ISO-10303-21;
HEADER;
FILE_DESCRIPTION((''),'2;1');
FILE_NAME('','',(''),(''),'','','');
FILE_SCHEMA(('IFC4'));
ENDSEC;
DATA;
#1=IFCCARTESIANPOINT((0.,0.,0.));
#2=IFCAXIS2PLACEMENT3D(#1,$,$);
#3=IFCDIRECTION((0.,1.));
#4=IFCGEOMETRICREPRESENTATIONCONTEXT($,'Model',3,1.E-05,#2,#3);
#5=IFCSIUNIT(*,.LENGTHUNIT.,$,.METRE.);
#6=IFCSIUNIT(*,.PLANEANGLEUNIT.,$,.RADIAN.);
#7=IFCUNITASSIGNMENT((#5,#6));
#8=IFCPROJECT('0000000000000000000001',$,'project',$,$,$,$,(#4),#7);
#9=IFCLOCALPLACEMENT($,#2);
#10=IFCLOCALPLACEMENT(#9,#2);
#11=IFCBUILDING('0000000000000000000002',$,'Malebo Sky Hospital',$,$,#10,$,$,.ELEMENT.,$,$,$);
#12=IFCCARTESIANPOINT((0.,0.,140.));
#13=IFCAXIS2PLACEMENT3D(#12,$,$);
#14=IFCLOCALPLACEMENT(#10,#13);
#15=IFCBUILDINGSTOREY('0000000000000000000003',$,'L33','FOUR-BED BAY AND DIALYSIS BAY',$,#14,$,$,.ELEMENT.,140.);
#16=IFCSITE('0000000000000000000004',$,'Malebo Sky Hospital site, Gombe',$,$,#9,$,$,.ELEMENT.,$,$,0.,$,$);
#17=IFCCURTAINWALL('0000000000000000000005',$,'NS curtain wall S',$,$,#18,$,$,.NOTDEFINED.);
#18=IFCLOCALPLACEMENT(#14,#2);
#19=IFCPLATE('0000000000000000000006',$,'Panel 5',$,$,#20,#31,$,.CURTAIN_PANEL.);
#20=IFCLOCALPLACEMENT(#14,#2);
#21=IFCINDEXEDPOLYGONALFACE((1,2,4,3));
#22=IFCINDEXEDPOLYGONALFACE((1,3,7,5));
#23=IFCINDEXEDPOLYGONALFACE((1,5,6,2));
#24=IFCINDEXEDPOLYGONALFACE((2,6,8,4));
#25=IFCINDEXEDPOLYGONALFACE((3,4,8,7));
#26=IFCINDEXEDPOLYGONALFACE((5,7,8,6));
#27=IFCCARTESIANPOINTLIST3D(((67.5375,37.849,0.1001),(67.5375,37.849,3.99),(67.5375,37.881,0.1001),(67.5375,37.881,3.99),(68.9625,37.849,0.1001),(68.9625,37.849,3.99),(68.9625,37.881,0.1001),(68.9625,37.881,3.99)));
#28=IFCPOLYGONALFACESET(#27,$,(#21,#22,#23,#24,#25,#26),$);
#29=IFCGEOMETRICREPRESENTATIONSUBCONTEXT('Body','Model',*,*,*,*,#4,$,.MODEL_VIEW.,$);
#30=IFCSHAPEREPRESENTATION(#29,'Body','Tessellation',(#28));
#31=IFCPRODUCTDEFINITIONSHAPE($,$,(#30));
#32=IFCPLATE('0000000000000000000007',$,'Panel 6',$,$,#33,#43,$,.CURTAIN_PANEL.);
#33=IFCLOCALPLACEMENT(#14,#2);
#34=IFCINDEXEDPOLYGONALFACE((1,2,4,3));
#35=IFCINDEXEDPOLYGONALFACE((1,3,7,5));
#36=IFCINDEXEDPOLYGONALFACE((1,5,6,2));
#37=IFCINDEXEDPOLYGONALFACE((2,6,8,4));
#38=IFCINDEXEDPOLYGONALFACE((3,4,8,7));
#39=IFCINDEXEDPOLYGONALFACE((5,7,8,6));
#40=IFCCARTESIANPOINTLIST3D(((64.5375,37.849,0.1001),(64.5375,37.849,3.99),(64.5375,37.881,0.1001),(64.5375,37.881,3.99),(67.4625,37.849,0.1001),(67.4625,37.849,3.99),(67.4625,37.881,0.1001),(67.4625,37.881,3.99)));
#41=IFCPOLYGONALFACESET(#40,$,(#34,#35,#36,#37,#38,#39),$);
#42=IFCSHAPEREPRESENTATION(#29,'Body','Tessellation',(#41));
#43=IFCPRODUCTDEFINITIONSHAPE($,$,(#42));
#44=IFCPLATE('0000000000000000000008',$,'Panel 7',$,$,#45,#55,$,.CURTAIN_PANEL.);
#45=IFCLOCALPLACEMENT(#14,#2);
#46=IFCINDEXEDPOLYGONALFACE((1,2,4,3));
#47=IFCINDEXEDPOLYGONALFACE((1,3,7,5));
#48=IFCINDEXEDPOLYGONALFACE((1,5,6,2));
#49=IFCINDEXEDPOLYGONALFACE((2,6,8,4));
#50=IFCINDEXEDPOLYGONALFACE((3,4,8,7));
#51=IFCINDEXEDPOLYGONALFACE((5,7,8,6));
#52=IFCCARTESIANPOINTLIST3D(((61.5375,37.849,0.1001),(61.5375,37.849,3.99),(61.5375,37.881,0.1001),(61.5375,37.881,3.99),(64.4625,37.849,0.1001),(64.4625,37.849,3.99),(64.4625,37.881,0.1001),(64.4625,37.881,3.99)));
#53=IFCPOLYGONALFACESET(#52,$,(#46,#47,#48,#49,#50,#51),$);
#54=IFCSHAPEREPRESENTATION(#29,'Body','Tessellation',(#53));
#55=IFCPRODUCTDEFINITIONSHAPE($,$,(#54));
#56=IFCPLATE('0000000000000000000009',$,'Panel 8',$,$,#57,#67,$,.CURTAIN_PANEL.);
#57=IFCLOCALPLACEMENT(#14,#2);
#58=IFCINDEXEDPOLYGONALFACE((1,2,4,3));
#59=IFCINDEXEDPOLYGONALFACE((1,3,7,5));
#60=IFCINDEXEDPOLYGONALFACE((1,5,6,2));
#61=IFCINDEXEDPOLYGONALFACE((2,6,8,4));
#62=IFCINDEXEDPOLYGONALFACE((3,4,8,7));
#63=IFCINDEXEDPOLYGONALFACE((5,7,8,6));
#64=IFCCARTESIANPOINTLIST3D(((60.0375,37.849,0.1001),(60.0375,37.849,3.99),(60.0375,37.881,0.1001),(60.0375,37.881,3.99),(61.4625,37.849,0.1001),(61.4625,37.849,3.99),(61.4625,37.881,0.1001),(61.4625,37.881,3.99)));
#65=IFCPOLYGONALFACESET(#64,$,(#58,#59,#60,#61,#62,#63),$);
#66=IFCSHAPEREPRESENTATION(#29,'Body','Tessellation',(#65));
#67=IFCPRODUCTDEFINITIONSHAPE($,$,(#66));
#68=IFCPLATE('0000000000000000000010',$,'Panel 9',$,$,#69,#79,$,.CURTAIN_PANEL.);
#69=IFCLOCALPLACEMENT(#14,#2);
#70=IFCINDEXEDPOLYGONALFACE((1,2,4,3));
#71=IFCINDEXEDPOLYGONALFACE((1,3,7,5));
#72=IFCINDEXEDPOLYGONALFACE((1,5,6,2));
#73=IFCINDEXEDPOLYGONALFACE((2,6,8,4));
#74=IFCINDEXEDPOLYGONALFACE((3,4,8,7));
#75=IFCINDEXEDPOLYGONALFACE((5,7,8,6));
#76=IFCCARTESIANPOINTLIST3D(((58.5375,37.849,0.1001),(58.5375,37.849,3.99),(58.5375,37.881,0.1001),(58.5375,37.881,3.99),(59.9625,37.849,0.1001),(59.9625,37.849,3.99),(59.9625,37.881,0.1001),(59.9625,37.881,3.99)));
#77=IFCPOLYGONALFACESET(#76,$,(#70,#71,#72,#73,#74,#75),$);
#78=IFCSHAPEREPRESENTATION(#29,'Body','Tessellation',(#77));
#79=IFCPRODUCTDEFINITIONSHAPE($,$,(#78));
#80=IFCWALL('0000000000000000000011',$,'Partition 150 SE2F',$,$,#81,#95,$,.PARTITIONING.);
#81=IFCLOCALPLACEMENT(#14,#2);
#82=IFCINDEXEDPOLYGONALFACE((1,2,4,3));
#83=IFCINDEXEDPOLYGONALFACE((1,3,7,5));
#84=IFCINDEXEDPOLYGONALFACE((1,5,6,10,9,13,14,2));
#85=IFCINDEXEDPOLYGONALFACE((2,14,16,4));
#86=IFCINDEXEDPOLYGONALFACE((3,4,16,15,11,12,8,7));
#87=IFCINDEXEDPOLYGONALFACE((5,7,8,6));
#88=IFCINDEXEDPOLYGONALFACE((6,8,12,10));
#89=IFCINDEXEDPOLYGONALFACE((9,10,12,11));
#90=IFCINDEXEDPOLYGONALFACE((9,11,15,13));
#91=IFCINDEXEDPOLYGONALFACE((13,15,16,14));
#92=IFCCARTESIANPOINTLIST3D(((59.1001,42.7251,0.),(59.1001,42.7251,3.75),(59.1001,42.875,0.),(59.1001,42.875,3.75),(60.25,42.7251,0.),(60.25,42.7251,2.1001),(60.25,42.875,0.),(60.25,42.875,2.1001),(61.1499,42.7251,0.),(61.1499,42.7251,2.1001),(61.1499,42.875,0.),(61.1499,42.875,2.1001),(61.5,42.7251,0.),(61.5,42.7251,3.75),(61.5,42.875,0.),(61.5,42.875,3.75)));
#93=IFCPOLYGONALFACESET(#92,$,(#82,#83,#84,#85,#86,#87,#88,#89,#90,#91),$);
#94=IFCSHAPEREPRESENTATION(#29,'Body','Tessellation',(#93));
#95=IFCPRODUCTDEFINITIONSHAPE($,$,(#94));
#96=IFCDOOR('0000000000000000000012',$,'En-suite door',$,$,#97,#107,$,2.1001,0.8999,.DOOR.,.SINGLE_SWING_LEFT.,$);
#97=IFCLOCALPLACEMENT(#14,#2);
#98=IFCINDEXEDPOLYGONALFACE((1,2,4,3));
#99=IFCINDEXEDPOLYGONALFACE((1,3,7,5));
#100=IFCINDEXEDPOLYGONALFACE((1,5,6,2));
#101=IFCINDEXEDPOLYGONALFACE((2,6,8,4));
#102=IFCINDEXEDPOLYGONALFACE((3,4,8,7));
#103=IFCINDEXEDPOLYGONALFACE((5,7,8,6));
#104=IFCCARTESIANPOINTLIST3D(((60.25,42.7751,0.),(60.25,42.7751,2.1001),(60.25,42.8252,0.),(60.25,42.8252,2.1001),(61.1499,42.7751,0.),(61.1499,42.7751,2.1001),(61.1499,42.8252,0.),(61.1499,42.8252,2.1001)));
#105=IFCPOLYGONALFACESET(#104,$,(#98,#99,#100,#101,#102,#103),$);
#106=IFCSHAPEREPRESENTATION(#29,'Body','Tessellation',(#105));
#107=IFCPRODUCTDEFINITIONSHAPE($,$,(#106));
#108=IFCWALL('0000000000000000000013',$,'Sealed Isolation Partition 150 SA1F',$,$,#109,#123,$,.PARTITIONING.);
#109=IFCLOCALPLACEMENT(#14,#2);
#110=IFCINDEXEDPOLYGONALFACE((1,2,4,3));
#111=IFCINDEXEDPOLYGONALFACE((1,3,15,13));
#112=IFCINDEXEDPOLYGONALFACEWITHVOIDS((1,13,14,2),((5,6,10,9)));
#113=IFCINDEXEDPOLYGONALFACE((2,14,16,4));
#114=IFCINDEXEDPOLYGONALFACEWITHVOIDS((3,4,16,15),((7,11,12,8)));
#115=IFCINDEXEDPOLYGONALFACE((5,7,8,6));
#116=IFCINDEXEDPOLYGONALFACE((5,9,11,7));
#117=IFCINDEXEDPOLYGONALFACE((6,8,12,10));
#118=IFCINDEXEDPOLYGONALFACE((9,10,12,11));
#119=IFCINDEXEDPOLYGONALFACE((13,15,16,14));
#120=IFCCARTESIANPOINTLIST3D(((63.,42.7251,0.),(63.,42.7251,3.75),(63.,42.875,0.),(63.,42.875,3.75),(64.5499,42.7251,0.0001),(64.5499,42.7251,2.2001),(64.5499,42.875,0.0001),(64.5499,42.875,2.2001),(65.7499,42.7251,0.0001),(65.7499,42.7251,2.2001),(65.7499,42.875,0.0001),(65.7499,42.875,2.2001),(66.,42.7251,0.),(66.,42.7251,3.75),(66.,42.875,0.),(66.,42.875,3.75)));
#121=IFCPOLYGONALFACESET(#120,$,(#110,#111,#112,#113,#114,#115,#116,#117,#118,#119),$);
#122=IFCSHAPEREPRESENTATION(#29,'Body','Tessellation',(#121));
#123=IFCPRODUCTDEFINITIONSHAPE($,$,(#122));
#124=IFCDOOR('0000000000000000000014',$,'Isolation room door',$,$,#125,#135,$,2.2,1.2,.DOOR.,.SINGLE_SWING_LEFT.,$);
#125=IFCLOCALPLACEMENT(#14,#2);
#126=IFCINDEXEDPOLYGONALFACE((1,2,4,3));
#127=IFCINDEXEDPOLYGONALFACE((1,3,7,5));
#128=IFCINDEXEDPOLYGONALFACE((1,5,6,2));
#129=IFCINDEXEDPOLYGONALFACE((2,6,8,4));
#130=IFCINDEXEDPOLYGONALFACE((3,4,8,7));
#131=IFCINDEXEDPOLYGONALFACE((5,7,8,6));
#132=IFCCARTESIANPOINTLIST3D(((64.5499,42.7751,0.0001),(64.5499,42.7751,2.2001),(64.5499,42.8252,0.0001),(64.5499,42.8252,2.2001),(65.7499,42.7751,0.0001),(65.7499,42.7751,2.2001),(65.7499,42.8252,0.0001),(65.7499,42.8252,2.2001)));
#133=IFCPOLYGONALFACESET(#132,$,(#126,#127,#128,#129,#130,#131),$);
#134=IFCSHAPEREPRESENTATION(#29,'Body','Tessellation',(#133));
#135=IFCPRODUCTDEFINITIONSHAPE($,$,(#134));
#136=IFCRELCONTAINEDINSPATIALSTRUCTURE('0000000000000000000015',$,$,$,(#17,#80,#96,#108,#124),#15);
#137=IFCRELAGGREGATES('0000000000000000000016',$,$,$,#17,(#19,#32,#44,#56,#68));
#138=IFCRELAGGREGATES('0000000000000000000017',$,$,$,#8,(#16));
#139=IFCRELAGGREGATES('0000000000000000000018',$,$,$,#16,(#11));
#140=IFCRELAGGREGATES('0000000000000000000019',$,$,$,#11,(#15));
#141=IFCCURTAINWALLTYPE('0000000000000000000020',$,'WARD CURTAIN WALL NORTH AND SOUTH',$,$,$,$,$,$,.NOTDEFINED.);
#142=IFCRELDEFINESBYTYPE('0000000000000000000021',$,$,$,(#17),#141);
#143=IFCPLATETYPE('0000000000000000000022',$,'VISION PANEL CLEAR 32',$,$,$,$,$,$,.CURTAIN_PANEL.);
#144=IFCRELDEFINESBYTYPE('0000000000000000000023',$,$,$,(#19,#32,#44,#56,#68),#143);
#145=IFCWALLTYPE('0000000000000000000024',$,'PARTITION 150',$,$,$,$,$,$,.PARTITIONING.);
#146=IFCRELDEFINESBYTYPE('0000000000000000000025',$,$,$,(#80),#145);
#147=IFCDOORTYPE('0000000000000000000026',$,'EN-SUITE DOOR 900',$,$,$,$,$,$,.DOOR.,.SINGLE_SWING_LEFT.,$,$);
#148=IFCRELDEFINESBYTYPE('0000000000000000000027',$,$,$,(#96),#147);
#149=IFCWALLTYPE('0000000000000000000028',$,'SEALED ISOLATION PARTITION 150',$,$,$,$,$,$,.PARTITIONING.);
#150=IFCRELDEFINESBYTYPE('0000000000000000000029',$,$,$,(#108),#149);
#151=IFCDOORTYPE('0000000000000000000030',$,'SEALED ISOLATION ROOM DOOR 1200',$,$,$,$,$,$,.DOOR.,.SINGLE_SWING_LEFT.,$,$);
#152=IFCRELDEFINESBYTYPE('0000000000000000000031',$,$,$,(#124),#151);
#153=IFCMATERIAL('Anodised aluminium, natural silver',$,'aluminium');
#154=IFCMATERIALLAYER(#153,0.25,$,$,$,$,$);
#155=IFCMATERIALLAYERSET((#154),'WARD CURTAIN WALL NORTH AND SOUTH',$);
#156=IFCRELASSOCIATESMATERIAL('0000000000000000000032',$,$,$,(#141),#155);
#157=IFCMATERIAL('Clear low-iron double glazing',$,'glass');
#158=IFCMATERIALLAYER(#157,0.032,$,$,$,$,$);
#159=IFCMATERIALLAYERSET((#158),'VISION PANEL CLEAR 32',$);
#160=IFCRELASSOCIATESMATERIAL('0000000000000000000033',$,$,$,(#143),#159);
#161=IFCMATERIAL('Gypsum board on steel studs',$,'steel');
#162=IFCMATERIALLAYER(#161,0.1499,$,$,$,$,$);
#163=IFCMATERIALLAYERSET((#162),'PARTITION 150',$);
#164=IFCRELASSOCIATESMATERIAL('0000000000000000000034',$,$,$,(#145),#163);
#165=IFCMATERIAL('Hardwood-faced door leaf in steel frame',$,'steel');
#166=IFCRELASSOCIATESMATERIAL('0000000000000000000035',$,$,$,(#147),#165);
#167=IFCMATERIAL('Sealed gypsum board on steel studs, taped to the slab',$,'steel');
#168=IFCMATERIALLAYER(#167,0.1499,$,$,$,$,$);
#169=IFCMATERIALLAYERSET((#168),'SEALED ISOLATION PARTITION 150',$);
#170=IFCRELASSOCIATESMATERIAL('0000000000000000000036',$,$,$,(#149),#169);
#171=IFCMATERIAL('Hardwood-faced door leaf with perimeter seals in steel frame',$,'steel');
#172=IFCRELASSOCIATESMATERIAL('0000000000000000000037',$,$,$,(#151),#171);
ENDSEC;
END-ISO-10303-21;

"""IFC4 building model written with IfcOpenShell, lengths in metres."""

from ifc_helpers import new_model, si_unit, direction, frame, frame_2d, origin, origin_2d, place, context, subcontext, project, spatial, rectangle, extrude, material, layer, layer_set, type_object, element, fill, aggregate, save


model = new_model("IFC4")

# Units and contexts
model_context = context("Model", 3, precision=1e-05, world=origin(), true_north=direction((0.0, 1.0)))
body_context = subcontext(model_context, "Body", "Model", "MODEL_VIEW")
ifc_project = project(units=[si_unit("LENGTHUNIT", "METRE"), si_unit("PLANEANGLEUNIT", "RADIAN")], contexts=[model_context])

# Site, building, storey
site_placement = place(None, origin())
site = spatial("IfcSite", under=ifc_project, at=site_placement, Name="Malebo Sky Hospital site, Gombe", CompositionType="ELEMENT", RefElevation=0.0)
building_placement = place(site_placement, origin())
building = spatial("IfcBuilding", under=site, at=building_placement, Name="Malebo Sky Hospital", CompositionType="ELEMENT")
storey_placement = place(building_placement, frame((0.0, 0.0, 140.0)))
storey = spatial("IfcBuildingStorey", under=building, at=storey_placement, Name="L33", Description="FOUR-BED BAY AND DIALYSIS BAY", CompositionType="ELEMENT", Elevation=140.0)

# Curtain wall
ifc_material_1 = material(Name="Anodised aluminium, natural silver", Category="aluminium")
ifc_layer_1 = layer(ifc_material_1, 0.25)
ifc_layer_set_1 = layer_set([ifc_layer_1], Name="WARD CURTAIN WALL NORTH AND SOUTH")
curtain_wall_type = type_object("IfcCurtainWallType", Name="WARD CURTAIN WALL NORTH AND SOUTH", PredefinedType="NOTDEFINED", material=ifc_layer_set_1)
curtain_wall_placement = place(storey_placement, origin())
curtain_wall = element("IfcCurtainWall", 1, at=curtain_wall_placement, inside=storey, type_object=curtain_wall_type, Name="NS curtain wall S", PredefinedType="NOTDEFINED")

# Plates
ifc_material_2 = material(Name="Clear low-iron double glazing", Category="glass")
ifc_layer_2 = layer(ifc_material_2, 0.032)
ifc_layer_set_2 = layer_set([ifc_layer_2], Name="VISION PANEL CLEAR 32")
plate_type = type_object("IfcPlateType", Name="VISION PANEL CLEAR 32", PredefinedType="CURTAIN_PANEL", material=ifc_layer_set_2)
plate_1_placement = place(storey_placement, frame((68.25, 37.865, 0.1001), z_axis=(0.0, 0.0, 1.0), x_axis=(-1.0, 0.0, 0.0)))
plate_1 = element("IfcPlate", 2, at=plate_1_placement, type_object=plate_type, Name="Panel 5", PredefinedType="CURTAIN_PANEL", context=body_context, shape_type="SweptSolid", body=[
    extrude(rectangle(XDim=1.425, YDim=0.032, at=origin_2d()), origin(), (0.0, 0.0, 1.0), 3.8899),
])
plate_2_placement = place(storey_placement, frame((66.0, 37.865, 0.1001), z_axis=(0.0, 0.0, 1.0), x_axis=(-1.0, 0.0, 0.0)))
plate_2 = element("IfcPlate", 3, at=plate_2_placement, type_object=plate_type, Name="Panel 6", PredefinedType="CURTAIN_PANEL", context=body_context, shape_type="SweptSolid", body=[
    extrude(rectangle(XDim=2.925, YDim=0.032, at=origin_2d()), origin(), (0.0, 0.0, 1.0), 3.8899),
])
plate_3_placement = place(storey_placement, frame((63.0, 37.865, 0.1001), z_axis=(0.0, 0.0, 1.0), x_axis=(-1.0, 0.0, 0.0)))
plate_3 = element("IfcPlate", 4, at=plate_3_placement, type_object=plate_type, Name="Panel 7", PredefinedType="CURTAIN_PANEL", context=body_context, shape_type="SweptSolid", body=[
    extrude(rectangle(XDim=2.925, YDim=0.032, at=origin_2d()), origin(), (0.0, 0.0, 1.0), 3.8899),
])
plate_4_placement = place(storey_placement, frame((60.75, 37.865, 0.1001), z_axis=(0.0, 0.0, 1.0), x_axis=(-1.0, 0.0, 0.0)))
plate_4 = element("IfcPlate", 5, at=plate_4_placement, type_object=plate_type, Name="Panel 8", PredefinedType="CURTAIN_PANEL", context=body_context, shape_type="SweptSolid", body=[
    extrude(rectangle(XDim=1.425, YDim=0.032, at=origin_2d()), origin(), (0.0, 0.0, 1.0), 3.8899),
])
plate_5_placement = place(storey_placement, frame((59.25, 37.865, 0.1001), z_axis=(0.0, 0.0, 1.0), x_axis=(-1.0, 0.0, 0.0)))
plate_5 = element("IfcPlate", 6, at=plate_5_placement, type_object=plate_type, Name="Panel 9", PredefinedType="CURTAIN_PANEL", context=body_context, shape_type="SweptSolid", body=[
    extrude(rectangle(XDim=1.425, YDim=0.032, at=origin_2d()), origin(), (0.0, 0.0, 1.0), 3.8899),
])
aggregate(curtain_wall, [plate_1, plate_2, plate_3, plate_4, plate_5])

# Walls, openings, doors
ifc_material_3 = material(Name="Gypsum board on steel studs", Category="steel")
ifc_layer_3 = layer(ifc_material_3, 0.1499)
ifc_layer_set_3 = layer_set([ifc_layer_3], Name="PARTITION 150")
wall_type_1 = type_object("IfcWallType", Name="PARTITION 150", PredefinedType="PARTITIONING", material=ifc_layer_set_3)
wall_1_placement = place(storey_placement, frame((61.5, 42.8, 0.0), z_axis=(0.0, 0.0, 1.0), x_axis=(-1.0, 0.0, 0.0)))
wall_1 = element("IfcWall", 7, at=wall_1_placement, inside=storey, type_object=wall_type_1, Name="Partition 150 SE2F", PredefinedType="PARTITIONING", context=body_context, shape_type="SweptSolid", body=[
    extrude(rectangle(XDim=2.3999, YDim=0.1499, at=frame_2d((1.2, 0.0))), origin(), (0.0, 0.0, 1.0), 3.75),
])
opening_1_placement = place(wall_1_placement, frame((0.3501, 0.0, 0.0)))
opening_1 = element("IfcOpeningElement", 8, at=opening_1_placement, cuts=wall_1, PredefinedType="OPENING", context=body_context, shape_type="SweptSolid", body=[
    extrude(rectangle(XDim=0.8999, YDim=2.1001, at=frame_2d((0.45, 1.05))), frame((0.0, 0.085, 0.0), z_axis=(0.0, -1.0, 0.0), x_axis=(1.0, 0.0, 0.0)), (0.0, 0.0, 1.0), 0.1699),
])
ifc_material_4 = material(Name="Hardwood-faced door leaf in steel frame", Category="steel")
door_type_1 = type_object("IfcDoorType", Name="EN-SUITE DOOR 900", OperationType="SINGLE_SWING_LEFT", PredefinedType="DOOR", material=ifc_material_4)
door_1_placement = place(opening_1_placement, origin())
door_1 = element("IfcDoor", 9, at=door_1_placement, inside=storey, type_object=door_type_1, Name="En-suite door", OperationType="SINGLE_SWING_LEFT", OverallHeight=2.1001, OverallWidth=0.8999, PredefinedType="DOOR", context=body_context, shape_type="SweptSolid", body=[
    extrude(rectangle(XDim=0.8999, YDim=2.1001, at=frame_2d((0.45, 1.05))), frame((0.0, 0.0249, 0.0), z_axis=(0.0, -1.0, 0.0), x_axis=(1.0, 0.0, 0.0)), (0.0, 0.0, 1.0), 0.05),
])
fill(opening_1, door_1)
ifc_material_5 = material(Name="Sealed gypsum board on steel studs, taped to the slab", Category="steel")
ifc_layer_4 = layer(ifc_material_5, 0.1499)
ifc_layer_set_4 = layer_set([ifc_layer_4], Name="SEALED ISOLATION PARTITION 150")
wall_type_2 = type_object("IfcWallType", Name="SEALED ISOLATION PARTITION 150", PredefinedType="PARTITIONING", material=ifc_layer_set_4)
wall_2_placement = place(storey_placement, frame((66.0, 42.8, 0.0), z_axis=(0.0, 0.0, 1.0), x_axis=(-1.0, 0.0, 0.0)))
wall_2 = element("IfcWall", 10, at=wall_2_placement, inside=storey, type_object=wall_type_2, Name="Sealed Isolation Partition 150 SA1F", PredefinedType="PARTITIONING", context=body_context, shape_type="SweptSolid", body=[
    extrude(rectangle(XDim=3.0, YDim=0.1499, at=frame_2d((1.5, 0.0))), origin(), (0.0, 0.0, 1.0), 3.75),
])
opening_2_placement = place(wall_2_placement, frame((0.25, 0.0, 0.0)))
opening_2 = element("IfcOpeningElement", 11, at=opening_2_placement, cuts=wall_2, PredefinedType="OPENING", context=body_context, shape_type="SweptSolid", body=[
    extrude(rectangle(XDim=1.2, YDim=2.2, at=frame_2d((0.6001, 1.1001))), frame((0.0, 0.085, 0.0), z_axis=(0.0, -1.0, 0.0), x_axis=(1.0, 0.0, 0.0)), (0.0, 0.0, 1.0), 0.1699),
])
ifc_material_6 = material(Name="Hardwood-faced door leaf with perimeter seals in steel frame", Category="steel")
door_type_2 = type_object("IfcDoorType", Name="SEALED ISOLATION ROOM DOOR 1200", OperationType="SINGLE_SWING_LEFT", PredefinedType="DOOR", material=ifc_material_6)
door_2_placement = place(opening_2_placement, origin())
door_2 = element("IfcDoor", 12, at=door_2_placement, inside=storey, type_object=door_type_2, Name="Isolation room door", OperationType="SINGLE_SWING_LEFT", OverallHeight=2.2, OverallWidth=1.2, PredefinedType="DOOR", context=body_context, shape_type="SweptSolid", body=[
    extrude(rectangle(XDim=1.2, YDim=2.2, at=frame_2d((0.6001, 1.1001))), frame((0.0, 0.0249, 0.0), z_axis=(0.0, -1.0, 0.0), x_axis=(1.0, 0.0, 0.0)), (0.0, 0.0, 1.0), 0.05),
])
fill(opening_2, door_2)

save(model, "model.ifc")
